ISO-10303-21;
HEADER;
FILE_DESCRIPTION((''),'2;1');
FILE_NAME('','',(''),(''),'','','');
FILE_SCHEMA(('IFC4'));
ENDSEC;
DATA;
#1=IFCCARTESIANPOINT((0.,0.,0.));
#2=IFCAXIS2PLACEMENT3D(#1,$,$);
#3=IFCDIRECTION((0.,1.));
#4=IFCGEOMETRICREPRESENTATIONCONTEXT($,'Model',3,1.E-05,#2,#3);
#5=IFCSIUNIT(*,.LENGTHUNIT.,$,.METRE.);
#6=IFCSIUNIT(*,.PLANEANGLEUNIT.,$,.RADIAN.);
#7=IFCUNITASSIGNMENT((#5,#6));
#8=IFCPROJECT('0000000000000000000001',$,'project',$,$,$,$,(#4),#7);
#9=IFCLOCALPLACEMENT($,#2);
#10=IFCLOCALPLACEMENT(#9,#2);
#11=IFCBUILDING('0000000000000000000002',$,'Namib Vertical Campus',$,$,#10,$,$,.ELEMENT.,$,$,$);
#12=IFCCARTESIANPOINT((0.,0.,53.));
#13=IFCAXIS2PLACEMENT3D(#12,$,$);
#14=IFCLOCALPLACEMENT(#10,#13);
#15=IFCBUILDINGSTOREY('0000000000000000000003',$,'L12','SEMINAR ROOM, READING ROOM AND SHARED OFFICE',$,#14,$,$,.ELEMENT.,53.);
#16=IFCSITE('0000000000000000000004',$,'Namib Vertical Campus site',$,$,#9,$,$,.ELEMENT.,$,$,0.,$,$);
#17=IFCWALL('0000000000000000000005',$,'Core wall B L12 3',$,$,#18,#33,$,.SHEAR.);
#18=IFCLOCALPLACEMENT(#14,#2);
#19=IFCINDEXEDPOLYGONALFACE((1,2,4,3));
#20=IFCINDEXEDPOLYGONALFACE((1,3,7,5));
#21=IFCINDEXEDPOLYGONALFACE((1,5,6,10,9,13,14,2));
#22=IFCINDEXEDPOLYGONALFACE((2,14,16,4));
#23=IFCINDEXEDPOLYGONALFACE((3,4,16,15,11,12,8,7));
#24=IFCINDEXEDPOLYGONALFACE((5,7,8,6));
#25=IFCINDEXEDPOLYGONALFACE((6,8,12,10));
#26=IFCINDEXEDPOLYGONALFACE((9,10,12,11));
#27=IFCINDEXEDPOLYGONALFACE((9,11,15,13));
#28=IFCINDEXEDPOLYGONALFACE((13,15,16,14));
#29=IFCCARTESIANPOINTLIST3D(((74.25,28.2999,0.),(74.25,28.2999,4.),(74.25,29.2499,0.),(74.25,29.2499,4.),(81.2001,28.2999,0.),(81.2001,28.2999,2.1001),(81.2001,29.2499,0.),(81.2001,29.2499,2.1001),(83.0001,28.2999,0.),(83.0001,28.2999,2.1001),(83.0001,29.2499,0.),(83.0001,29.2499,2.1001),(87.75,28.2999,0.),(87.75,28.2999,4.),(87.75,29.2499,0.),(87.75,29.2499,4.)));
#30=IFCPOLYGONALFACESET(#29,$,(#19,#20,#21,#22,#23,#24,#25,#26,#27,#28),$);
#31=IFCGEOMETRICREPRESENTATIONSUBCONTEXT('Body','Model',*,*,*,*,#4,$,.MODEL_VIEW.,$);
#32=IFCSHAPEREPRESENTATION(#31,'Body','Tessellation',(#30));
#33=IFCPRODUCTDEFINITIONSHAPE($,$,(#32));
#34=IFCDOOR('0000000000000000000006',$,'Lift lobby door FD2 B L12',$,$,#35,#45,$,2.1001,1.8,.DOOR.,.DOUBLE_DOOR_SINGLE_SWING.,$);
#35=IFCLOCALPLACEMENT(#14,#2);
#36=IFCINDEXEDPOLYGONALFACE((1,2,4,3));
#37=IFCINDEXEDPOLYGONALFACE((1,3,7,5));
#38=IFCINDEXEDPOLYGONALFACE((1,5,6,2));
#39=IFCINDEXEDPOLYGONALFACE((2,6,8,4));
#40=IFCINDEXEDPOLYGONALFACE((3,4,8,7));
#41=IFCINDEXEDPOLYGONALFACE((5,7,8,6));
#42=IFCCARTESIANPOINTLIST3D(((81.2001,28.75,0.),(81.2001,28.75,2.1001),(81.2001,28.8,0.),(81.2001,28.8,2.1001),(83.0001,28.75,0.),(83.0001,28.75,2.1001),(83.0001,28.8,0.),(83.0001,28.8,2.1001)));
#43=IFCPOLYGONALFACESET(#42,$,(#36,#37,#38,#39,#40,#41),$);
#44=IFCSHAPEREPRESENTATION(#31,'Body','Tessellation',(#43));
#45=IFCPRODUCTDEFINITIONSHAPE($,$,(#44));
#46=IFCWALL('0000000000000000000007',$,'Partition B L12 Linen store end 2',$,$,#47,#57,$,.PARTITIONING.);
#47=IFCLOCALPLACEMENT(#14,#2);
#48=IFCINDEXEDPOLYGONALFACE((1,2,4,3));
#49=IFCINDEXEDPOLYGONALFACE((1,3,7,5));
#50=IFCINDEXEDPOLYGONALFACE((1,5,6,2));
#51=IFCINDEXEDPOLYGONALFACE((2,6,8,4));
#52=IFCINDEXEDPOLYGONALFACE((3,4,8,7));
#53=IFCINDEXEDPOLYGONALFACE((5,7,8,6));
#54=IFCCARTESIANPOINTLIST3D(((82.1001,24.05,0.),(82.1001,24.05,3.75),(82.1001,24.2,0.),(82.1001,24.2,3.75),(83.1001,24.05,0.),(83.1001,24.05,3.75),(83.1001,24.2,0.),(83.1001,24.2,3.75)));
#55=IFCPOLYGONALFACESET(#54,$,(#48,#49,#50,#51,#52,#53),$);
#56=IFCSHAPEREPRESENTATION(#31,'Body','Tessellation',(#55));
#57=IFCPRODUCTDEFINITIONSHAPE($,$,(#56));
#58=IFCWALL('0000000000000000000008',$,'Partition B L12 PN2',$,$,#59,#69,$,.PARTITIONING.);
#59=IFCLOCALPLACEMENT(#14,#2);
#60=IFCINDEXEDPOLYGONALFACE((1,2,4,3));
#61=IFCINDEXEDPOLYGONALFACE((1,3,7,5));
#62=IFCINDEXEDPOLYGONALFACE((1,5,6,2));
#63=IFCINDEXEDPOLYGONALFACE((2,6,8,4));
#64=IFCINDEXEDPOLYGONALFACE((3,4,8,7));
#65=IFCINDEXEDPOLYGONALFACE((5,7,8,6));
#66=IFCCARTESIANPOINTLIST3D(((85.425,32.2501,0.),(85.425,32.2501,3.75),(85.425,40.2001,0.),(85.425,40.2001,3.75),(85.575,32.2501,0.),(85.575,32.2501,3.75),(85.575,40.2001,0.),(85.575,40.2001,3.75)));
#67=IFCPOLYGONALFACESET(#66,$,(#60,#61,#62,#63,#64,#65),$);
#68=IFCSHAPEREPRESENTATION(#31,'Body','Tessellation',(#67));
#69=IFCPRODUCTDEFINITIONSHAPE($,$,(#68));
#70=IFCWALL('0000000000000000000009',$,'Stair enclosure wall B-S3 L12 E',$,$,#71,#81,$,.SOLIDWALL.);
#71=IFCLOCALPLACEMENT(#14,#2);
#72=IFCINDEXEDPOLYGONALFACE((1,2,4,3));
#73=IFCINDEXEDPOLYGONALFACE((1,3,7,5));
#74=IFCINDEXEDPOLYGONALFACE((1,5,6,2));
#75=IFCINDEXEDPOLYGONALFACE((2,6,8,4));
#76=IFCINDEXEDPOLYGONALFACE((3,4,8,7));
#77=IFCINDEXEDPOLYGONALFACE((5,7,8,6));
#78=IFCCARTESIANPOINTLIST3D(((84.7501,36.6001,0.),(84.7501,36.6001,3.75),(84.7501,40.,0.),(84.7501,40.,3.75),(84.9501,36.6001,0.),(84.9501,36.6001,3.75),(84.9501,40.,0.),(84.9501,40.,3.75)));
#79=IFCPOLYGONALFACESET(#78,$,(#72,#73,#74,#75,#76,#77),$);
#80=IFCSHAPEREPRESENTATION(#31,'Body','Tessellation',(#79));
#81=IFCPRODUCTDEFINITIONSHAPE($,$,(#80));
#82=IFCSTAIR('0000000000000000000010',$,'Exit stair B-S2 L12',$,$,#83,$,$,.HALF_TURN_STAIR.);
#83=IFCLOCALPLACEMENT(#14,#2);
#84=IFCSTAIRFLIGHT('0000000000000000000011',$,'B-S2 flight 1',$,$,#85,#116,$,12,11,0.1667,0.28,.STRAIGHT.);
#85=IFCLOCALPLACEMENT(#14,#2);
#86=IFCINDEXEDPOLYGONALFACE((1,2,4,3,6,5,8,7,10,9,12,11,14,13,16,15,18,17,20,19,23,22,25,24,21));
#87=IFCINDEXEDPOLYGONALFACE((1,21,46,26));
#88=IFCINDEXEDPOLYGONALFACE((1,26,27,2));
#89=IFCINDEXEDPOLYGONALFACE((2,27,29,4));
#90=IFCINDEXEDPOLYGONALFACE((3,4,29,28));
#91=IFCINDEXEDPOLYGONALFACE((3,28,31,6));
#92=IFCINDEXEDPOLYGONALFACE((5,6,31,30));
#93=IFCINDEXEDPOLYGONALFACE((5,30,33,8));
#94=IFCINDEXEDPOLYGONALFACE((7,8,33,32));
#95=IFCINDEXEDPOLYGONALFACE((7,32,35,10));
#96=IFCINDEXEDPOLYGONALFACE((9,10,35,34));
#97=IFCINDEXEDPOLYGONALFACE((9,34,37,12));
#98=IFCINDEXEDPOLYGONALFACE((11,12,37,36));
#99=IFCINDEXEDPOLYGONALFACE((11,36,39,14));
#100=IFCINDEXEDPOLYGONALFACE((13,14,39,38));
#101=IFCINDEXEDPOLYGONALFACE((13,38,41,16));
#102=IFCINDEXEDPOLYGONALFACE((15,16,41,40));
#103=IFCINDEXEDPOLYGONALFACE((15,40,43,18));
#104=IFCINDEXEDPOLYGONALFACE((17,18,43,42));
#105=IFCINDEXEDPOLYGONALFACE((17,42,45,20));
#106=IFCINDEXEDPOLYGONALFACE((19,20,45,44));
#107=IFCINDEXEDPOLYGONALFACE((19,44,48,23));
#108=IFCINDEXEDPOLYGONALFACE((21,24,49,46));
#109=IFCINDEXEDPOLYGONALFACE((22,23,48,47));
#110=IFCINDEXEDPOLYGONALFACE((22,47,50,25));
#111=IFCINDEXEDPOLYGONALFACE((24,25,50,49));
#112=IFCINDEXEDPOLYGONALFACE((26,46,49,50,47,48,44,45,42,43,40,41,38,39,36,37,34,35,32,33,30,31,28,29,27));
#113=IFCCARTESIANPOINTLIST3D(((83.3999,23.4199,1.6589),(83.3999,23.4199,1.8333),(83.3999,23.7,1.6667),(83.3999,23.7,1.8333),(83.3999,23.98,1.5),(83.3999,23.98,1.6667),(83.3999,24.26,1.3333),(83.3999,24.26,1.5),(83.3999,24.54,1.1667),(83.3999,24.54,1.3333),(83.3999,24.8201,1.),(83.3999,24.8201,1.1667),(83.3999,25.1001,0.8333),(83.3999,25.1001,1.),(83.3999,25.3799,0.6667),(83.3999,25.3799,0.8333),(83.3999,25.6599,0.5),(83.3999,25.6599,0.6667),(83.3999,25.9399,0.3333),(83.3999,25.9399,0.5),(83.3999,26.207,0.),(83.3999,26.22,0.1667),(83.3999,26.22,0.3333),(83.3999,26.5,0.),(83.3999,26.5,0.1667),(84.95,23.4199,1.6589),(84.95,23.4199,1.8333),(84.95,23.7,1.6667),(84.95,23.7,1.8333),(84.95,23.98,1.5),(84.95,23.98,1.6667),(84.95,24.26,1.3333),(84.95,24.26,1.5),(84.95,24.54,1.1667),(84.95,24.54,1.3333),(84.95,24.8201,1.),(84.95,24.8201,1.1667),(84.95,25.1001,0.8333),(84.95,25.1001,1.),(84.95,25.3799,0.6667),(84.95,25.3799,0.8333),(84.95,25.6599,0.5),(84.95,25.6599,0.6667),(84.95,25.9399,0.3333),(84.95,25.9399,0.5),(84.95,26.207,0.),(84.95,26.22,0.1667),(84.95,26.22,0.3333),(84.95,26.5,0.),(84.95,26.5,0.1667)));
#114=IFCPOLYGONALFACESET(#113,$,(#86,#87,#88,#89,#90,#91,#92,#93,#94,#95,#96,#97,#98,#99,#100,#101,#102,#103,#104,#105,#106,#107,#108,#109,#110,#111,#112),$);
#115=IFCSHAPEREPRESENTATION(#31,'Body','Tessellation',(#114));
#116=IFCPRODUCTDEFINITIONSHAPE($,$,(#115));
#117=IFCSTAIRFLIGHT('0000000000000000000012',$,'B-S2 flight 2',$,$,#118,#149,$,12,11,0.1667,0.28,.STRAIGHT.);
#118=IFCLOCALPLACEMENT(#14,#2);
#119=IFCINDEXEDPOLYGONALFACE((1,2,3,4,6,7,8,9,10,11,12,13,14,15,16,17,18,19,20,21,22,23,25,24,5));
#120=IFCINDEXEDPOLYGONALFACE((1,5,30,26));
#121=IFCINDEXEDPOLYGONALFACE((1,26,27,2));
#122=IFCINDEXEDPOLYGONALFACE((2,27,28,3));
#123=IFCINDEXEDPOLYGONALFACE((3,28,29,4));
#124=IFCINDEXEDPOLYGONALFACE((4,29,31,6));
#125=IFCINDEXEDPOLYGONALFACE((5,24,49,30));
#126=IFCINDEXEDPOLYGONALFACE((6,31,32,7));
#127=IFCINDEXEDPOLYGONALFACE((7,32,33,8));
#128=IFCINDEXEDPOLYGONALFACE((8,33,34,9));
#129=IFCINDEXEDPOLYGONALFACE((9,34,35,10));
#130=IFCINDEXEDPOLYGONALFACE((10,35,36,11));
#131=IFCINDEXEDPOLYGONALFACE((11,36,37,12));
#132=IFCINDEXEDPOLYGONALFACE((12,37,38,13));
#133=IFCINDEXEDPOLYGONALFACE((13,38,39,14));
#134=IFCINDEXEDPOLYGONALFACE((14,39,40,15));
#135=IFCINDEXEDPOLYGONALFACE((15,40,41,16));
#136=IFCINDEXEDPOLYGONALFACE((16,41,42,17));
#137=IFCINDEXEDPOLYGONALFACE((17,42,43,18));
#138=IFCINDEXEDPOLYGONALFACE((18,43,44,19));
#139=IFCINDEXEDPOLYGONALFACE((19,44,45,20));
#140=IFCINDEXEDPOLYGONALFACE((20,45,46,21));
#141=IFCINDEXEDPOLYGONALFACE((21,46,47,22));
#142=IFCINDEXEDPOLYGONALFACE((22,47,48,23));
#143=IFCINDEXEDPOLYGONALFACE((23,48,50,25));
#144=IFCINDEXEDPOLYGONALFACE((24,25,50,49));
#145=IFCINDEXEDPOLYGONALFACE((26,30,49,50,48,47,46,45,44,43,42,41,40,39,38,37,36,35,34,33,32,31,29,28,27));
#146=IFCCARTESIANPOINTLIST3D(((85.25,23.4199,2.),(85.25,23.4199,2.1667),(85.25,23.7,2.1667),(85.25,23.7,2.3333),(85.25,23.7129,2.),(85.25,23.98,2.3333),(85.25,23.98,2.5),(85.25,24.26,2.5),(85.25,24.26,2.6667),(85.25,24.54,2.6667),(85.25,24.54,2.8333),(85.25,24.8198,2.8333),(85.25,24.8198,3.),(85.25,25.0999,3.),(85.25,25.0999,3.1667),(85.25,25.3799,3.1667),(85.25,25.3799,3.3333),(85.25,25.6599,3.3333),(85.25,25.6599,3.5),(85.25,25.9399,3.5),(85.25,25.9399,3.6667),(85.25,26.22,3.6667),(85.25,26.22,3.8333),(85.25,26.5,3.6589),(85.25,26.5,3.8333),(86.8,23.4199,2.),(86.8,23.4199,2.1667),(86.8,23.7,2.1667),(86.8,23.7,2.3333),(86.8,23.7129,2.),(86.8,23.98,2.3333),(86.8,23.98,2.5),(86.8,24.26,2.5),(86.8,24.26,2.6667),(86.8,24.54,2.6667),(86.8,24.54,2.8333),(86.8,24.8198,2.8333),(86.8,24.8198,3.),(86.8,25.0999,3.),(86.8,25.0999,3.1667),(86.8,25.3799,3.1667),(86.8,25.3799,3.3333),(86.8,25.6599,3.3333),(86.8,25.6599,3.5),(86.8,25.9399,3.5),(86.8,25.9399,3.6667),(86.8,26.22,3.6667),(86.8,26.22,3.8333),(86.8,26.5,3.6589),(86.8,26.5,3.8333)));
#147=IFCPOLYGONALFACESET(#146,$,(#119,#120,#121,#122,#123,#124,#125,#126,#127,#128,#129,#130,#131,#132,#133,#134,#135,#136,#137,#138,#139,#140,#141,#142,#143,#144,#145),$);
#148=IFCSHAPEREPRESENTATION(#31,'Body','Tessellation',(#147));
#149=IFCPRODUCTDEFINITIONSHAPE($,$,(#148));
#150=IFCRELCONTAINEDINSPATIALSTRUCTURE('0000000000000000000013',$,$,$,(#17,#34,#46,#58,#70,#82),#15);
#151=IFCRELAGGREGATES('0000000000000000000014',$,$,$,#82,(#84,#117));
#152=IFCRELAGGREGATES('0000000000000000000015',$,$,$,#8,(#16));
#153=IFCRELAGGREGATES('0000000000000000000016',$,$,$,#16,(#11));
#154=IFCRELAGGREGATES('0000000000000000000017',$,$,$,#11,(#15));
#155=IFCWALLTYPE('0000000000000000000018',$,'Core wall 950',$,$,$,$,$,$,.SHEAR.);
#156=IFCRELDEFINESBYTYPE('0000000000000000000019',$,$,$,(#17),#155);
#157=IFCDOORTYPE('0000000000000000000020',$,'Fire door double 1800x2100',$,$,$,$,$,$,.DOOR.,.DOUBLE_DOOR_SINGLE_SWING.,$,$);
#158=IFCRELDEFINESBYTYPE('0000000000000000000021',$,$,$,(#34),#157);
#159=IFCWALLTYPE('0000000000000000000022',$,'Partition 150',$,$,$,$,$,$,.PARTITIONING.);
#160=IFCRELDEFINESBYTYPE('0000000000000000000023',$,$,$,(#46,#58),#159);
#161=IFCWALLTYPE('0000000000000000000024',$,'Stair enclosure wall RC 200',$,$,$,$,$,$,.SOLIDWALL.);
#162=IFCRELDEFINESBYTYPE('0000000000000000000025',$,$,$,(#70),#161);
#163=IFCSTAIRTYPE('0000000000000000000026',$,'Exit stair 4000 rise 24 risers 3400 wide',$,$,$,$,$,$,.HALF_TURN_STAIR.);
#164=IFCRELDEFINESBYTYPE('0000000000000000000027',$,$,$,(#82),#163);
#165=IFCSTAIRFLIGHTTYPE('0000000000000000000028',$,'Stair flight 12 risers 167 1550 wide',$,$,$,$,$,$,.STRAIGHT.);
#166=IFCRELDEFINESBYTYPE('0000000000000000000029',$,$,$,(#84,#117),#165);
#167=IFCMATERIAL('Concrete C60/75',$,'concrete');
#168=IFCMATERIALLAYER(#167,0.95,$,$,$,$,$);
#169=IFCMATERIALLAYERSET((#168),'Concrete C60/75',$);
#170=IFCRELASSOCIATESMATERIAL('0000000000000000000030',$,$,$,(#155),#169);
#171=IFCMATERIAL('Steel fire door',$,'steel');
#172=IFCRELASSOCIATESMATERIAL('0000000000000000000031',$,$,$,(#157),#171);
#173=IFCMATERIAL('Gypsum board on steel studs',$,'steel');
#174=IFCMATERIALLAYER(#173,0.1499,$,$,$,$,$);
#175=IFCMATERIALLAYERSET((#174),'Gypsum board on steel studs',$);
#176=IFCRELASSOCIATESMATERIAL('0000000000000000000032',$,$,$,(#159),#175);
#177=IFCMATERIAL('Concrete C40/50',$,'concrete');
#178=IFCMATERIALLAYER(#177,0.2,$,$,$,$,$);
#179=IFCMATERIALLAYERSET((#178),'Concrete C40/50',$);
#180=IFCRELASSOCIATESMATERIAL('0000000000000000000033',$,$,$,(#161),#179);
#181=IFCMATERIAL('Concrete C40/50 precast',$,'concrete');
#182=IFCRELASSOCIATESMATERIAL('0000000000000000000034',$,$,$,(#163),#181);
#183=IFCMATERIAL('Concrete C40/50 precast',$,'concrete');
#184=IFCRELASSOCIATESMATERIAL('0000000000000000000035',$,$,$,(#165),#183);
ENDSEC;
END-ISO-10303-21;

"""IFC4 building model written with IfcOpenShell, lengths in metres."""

from ifc_helpers import new_model, si_unit, direction, frame, frame_2d, origin, place, context, subcontext, project, spatial, polyline, rectangle, outline, extrude, material, layer, layer_set, type_object, element, fill, aggregate, save


model = new_model("IFC4")

# Units and contexts
model_context = context("Model", 3, precision=1e-05, world=origin(), true_north=direction((0.0, 1.0)))
body_context = subcontext(model_context, "Body", "Model", "MODEL_VIEW")
ifc_project = project(units=[si_unit("LENGTHUNIT", "METRE"), si_unit("PLANEANGLEUNIT", "RADIAN")], contexts=[model_context])

# Site, building, storey
site_placement = place(None, origin())
site = spatial("IfcSite", under=ifc_project, at=site_placement, Name="Namib Vertical Campus site", CompositionType="ELEMENT", RefElevation=0.0)
building_placement = place(site_placement, origin())
building = spatial("IfcBuilding", under=site, at=building_placement, Name="Namib Vertical Campus", CompositionType="ELEMENT")
storey_placement = place(building_placement, frame((0.0, 0.0, 53.0)))
storey = spatial("IfcBuildingStorey", under=building, at=storey_placement, Name="L12", Description="SEMINAR ROOM, READING ROOM AND SHARED OFFICE", CompositionType="ELEMENT", Elevation=53.0)

# Wall, opening, door
ifc_material_1 = material(Name="Concrete C60/75", Category="concrete")
ifc_layer_1 = layer(ifc_material_1, 0.95)
ifc_layer_set_1 = layer_set([ifc_layer_1], Name="Concrete C60/75")
wall_type_1 = type_object("IfcWallType", Name="Core wall 950", PredefinedType="SHEAR", material=ifc_layer_set_1)
wall_1_placement = place(storey_placement, frame((87.75, 28.7749, 0.0), z_axis=(0.0, 0.0, 1.0), x_axis=(-1.0, 0.0, 0.0)))
wall_1 = element("IfcWall", 1, at=wall_1_placement, inside=storey, type_object=wall_type_1, Name="Core wall B L12 3", PredefinedType="SHEAR", context=body_context, shape_type="SweptSolid", body=[
    extrude(rectangle(XDim=13.5, YDim=0.95, at=frame_2d((6.75, 0.0))), origin(), (0.0, 0.0, 1.0), 4.0),
])
opening_placement = place(wall_1_placement, frame((4.75, 0.0, 0.0)))
opening = element("IfcOpeningElement", 2, at=opening_placement, cuts=wall_1, PredefinedType="OPENING", context=body_context, shape_type="SweptSolid", body=[
    extrude(rectangle(XDim=1.8, YDim=2.1001, at=frame_2d((0.8999, 1.05))), frame((0.0, 0.4849, 0.0), z_axis=(0.0, -1.0, 0.0), x_axis=(1.0, 0.0, 0.0)), (0.0, 0.0, 1.0), 0.97),
])
ifc_material_2 = material(Name="Steel fire door", Category="steel")
door_type = type_object("IfcDoorType", Name="Fire door double 1800x2100", OperationType="DOUBLE_DOOR_SINGLE_SWING", PredefinedType="DOOR", material=ifc_material_2)
door_placement = place(opening_placement, origin())
door = element("IfcDoor", 3, at=door_placement, inside=storey, type_object=door_type, Name="Lift lobby door FD2 B L12", OperationType="DOUBLE_DOOR_SINGLE_SWING", OverallHeight=2.1001, OverallWidth=1.8, PredefinedType="DOOR", context=body_context, shape_type="SweptSolid", body=[
    extrude(rectangle(XDim=1.8, YDim=2.1001, at=frame_2d((0.8999, 1.05))), frame((0.0, 0.0249, 0.0), z_axis=(0.0, -1.0, 0.0), x_axis=(1.0, 0.0, 0.0)), (0.0, 0.0, 1.0), 0.05),
])
fill(opening, door)

# Walls
ifc_material_3 = material(Name="Gypsum board on steel studs", Category="steel")
ifc_layer_2 = layer(ifc_material_3, 0.1499)
ifc_layer_set_2 = layer_set([ifc_layer_2], Name="Gypsum board on steel studs")
wall_type_2 = type_object("IfcWallType", Name="Partition 150", PredefinedType="PARTITIONING", material=ifc_layer_set_2)
wall_2_placement = place(storey_placement, frame((82.1001, 24.125, 0.0), z_axis=(0.0, 0.0, 1.0), x_axis=(1.0, 0.0, 0.0)))
element("IfcWall", 4, at=wall_2_placement, inside=storey, type_object=wall_type_2, Name="Partition B L12 Linen store end 2", PredefinedType="PARTITIONING", context=body_context, shape_type="SweptSolid", body=[
    extrude(rectangle(XDim=1.0, YDim=0.1499, at=frame_2d((0.5, 0.0))), origin(), (0.0, 0.0, 1.0), 3.75),
])
wall_3_placement = place(storey_placement, frame((85.5, 32.25, 0.0), z_axis=(0.0, 0.0, 1.0), x_axis=(0.0, 1.0, 0.0)))
element("IfcWall", 5, at=wall_3_placement, inside=storey, type_object=wall_type_2, Name="Partition B L12 PN2", PredefinedType="PARTITIONING", context=body_context, shape_type="SweptSolid", body=[
    extrude(rectangle(XDim=7.95, YDim=0.1499, at=frame_2d((3.9751, 0.0))), origin(), (0.0, 0.0, 1.0), 3.75),
])
ifc_material_4 = material(Name="Concrete C40/50", Category="concrete")
ifc_layer_3 = layer(ifc_material_4, 0.2)
ifc_layer_set_3 = layer_set([ifc_layer_3], Name="Concrete C40/50")
wall_type_3 = type_object("IfcWallType", Name="Stair enclosure wall RC 200", PredefinedType="SOLIDWALL", material=ifc_layer_set_3)
wall_4_placement = place(storey_placement, frame((84.8501, 36.6001, 0.0), z_axis=(0.0, 0.0, 1.0), x_axis=(0.0, 1.0, 0.0)))
element("IfcWall", 6, at=wall_4_placement, inside=storey, type_object=wall_type_3, Name="Stair enclosure wall B-S3 L12 E", PredefinedType="SOLIDWALL", context=body_context, shape_type="SweptSolid", body=[
    extrude(rectangle(XDim=3.3999, YDim=0.2, at=frame_2d((1.7, 0.0))), origin(), (0.0, 0.0, 1.0), 3.75),
])

# Stair, stair flights
ifc_material_5 = material(Name="Concrete C40/50 precast", Category="concrete")
stair_type = type_object("IfcStairType", Name="Exit stair 4000 rise 24 risers 3400 wide", PredefinedType="HALF_TURN_STAIR", material=ifc_material_5)
stair_1_placement = place(storey_placement, origin())
stair_1 = element("IfcStair", 7, at=stair_1_placement, inside=storey, type_object=stair_type, Name="Exit stair B-S2 L12", PredefinedType="HALF_TURN_STAIR")
ifc_material_6 = material(Name="Concrete C40/50 precast", Category="concrete")
stair_flight_type = type_object("IfcStairFlightType", Name="Stair flight 12 risers 167 1550 wide", PredefinedType="STRAIGHT", material=ifc_material_6)
stair_flight_1_placement = place(storey_placement, frame((84.175, 26.5, 0.0), z_axis=(0.0, 0.0, 1.0), x_axis=(0.0, -1.0, 0.0)))
stair_flight_1 = element("IfcStairFlight", 8, at=stair_flight_1_placement, type_object=stair_flight_type, Name="B-S2 flight 1", NumberOfRisers=12, NumberOfTreads=11, PredefinedType="STRAIGHT", RiserHeight=0.1667, TreadLength=0.28, context=body_context, shape_type="SweptSolid", body=[
    extrude(outline(polyline([(0.0, 0.0), (0.0, 0.1667), (0.28, 0.1667), (0.28, 0.3333), (0.5601, 0.3333), (0.5601, 0.5), (0.8401, 0.5), (0.8401, 0.6667), (1.1201, 0.6667), (1.1201, 0.8333), (1.3999, 0.8333), (1.3999, 1.0), (1.6799, 1.0), (1.6799, 1.1667), (1.96, 1.1667), (1.96, 1.3333), (2.24, 1.3333), (2.24, 1.5), (2.52, 1.5), (2.52, 1.6667), (2.8, 1.6667), (2.8, 1.8333), (3.0801, 1.8333), (3.0801, 2.0), (3.0801, 1.6589), (0.293, 0.0), (0.0, 0.0)])), frame((0.0, 0.7749, 0.0), z_axis=(0.0, -1.0, 0.0), x_axis=(1.0, 0.0, 0.0)), (0.0, 0.0, 1.0), 1.55),
])
stair_flight_2_placement = place(storey_placement, frame((86.0249, 23.4199, 2.0), z_axis=(0.0, 0.0, 1.0), x_axis=(0.0, 1.0, 0.0)))
stair_flight_2 = element("IfcStairFlight", 9, at=stair_flight_2_placement, type_object=stair_flight_type, Name="B-S2 flight 2", NumberOfRisers=12, NumberOfTreads=11, PredefinedType="STRAIGHT", RiserHeight=0.1667, TreadLength=0.28, context=body_context, shape_type="SweptSolid", body=[
    extrude(outline(polyline([(0.0, 0.0), (0.0, 0.1667), (0.28, 0.1667), (0.28, 0.3333), (0.5601, 0.3333), (0.5601, 0.5), (0.8401, 0.5), (0.8401, 0.6667), (1.1201, 0.6667), (1.1201, 0.8333), (1.3999, 0.8333), (1.3999, 1.0), (1.6799, 1.0), (1.6799, 1.1667), (1.96, 1.1667), (1.96, 1.3333), (2.24, 1.3333), (2.24, 1.5), (2.52, 1.5), (2.52, 1.6667), (2.8, 1.6667), (2.8, 1.8333), (3.0801, 1.8333), (3.0801, 2.0), (3.0801, 1.6589), (0.293, 0.0), (0.0, 0.0)])), frame((0.0, 0.7749, 0.0), z_axis=(0.0, -1.0, 0.0), x_axis=(1.0, 0.0, 0.0)), (0.0, 0.0, 1.0), 1.55),
])
aggregate(stair_1, [stair_flight_1, stair_flight_2])

save(model, "model.ifc")
